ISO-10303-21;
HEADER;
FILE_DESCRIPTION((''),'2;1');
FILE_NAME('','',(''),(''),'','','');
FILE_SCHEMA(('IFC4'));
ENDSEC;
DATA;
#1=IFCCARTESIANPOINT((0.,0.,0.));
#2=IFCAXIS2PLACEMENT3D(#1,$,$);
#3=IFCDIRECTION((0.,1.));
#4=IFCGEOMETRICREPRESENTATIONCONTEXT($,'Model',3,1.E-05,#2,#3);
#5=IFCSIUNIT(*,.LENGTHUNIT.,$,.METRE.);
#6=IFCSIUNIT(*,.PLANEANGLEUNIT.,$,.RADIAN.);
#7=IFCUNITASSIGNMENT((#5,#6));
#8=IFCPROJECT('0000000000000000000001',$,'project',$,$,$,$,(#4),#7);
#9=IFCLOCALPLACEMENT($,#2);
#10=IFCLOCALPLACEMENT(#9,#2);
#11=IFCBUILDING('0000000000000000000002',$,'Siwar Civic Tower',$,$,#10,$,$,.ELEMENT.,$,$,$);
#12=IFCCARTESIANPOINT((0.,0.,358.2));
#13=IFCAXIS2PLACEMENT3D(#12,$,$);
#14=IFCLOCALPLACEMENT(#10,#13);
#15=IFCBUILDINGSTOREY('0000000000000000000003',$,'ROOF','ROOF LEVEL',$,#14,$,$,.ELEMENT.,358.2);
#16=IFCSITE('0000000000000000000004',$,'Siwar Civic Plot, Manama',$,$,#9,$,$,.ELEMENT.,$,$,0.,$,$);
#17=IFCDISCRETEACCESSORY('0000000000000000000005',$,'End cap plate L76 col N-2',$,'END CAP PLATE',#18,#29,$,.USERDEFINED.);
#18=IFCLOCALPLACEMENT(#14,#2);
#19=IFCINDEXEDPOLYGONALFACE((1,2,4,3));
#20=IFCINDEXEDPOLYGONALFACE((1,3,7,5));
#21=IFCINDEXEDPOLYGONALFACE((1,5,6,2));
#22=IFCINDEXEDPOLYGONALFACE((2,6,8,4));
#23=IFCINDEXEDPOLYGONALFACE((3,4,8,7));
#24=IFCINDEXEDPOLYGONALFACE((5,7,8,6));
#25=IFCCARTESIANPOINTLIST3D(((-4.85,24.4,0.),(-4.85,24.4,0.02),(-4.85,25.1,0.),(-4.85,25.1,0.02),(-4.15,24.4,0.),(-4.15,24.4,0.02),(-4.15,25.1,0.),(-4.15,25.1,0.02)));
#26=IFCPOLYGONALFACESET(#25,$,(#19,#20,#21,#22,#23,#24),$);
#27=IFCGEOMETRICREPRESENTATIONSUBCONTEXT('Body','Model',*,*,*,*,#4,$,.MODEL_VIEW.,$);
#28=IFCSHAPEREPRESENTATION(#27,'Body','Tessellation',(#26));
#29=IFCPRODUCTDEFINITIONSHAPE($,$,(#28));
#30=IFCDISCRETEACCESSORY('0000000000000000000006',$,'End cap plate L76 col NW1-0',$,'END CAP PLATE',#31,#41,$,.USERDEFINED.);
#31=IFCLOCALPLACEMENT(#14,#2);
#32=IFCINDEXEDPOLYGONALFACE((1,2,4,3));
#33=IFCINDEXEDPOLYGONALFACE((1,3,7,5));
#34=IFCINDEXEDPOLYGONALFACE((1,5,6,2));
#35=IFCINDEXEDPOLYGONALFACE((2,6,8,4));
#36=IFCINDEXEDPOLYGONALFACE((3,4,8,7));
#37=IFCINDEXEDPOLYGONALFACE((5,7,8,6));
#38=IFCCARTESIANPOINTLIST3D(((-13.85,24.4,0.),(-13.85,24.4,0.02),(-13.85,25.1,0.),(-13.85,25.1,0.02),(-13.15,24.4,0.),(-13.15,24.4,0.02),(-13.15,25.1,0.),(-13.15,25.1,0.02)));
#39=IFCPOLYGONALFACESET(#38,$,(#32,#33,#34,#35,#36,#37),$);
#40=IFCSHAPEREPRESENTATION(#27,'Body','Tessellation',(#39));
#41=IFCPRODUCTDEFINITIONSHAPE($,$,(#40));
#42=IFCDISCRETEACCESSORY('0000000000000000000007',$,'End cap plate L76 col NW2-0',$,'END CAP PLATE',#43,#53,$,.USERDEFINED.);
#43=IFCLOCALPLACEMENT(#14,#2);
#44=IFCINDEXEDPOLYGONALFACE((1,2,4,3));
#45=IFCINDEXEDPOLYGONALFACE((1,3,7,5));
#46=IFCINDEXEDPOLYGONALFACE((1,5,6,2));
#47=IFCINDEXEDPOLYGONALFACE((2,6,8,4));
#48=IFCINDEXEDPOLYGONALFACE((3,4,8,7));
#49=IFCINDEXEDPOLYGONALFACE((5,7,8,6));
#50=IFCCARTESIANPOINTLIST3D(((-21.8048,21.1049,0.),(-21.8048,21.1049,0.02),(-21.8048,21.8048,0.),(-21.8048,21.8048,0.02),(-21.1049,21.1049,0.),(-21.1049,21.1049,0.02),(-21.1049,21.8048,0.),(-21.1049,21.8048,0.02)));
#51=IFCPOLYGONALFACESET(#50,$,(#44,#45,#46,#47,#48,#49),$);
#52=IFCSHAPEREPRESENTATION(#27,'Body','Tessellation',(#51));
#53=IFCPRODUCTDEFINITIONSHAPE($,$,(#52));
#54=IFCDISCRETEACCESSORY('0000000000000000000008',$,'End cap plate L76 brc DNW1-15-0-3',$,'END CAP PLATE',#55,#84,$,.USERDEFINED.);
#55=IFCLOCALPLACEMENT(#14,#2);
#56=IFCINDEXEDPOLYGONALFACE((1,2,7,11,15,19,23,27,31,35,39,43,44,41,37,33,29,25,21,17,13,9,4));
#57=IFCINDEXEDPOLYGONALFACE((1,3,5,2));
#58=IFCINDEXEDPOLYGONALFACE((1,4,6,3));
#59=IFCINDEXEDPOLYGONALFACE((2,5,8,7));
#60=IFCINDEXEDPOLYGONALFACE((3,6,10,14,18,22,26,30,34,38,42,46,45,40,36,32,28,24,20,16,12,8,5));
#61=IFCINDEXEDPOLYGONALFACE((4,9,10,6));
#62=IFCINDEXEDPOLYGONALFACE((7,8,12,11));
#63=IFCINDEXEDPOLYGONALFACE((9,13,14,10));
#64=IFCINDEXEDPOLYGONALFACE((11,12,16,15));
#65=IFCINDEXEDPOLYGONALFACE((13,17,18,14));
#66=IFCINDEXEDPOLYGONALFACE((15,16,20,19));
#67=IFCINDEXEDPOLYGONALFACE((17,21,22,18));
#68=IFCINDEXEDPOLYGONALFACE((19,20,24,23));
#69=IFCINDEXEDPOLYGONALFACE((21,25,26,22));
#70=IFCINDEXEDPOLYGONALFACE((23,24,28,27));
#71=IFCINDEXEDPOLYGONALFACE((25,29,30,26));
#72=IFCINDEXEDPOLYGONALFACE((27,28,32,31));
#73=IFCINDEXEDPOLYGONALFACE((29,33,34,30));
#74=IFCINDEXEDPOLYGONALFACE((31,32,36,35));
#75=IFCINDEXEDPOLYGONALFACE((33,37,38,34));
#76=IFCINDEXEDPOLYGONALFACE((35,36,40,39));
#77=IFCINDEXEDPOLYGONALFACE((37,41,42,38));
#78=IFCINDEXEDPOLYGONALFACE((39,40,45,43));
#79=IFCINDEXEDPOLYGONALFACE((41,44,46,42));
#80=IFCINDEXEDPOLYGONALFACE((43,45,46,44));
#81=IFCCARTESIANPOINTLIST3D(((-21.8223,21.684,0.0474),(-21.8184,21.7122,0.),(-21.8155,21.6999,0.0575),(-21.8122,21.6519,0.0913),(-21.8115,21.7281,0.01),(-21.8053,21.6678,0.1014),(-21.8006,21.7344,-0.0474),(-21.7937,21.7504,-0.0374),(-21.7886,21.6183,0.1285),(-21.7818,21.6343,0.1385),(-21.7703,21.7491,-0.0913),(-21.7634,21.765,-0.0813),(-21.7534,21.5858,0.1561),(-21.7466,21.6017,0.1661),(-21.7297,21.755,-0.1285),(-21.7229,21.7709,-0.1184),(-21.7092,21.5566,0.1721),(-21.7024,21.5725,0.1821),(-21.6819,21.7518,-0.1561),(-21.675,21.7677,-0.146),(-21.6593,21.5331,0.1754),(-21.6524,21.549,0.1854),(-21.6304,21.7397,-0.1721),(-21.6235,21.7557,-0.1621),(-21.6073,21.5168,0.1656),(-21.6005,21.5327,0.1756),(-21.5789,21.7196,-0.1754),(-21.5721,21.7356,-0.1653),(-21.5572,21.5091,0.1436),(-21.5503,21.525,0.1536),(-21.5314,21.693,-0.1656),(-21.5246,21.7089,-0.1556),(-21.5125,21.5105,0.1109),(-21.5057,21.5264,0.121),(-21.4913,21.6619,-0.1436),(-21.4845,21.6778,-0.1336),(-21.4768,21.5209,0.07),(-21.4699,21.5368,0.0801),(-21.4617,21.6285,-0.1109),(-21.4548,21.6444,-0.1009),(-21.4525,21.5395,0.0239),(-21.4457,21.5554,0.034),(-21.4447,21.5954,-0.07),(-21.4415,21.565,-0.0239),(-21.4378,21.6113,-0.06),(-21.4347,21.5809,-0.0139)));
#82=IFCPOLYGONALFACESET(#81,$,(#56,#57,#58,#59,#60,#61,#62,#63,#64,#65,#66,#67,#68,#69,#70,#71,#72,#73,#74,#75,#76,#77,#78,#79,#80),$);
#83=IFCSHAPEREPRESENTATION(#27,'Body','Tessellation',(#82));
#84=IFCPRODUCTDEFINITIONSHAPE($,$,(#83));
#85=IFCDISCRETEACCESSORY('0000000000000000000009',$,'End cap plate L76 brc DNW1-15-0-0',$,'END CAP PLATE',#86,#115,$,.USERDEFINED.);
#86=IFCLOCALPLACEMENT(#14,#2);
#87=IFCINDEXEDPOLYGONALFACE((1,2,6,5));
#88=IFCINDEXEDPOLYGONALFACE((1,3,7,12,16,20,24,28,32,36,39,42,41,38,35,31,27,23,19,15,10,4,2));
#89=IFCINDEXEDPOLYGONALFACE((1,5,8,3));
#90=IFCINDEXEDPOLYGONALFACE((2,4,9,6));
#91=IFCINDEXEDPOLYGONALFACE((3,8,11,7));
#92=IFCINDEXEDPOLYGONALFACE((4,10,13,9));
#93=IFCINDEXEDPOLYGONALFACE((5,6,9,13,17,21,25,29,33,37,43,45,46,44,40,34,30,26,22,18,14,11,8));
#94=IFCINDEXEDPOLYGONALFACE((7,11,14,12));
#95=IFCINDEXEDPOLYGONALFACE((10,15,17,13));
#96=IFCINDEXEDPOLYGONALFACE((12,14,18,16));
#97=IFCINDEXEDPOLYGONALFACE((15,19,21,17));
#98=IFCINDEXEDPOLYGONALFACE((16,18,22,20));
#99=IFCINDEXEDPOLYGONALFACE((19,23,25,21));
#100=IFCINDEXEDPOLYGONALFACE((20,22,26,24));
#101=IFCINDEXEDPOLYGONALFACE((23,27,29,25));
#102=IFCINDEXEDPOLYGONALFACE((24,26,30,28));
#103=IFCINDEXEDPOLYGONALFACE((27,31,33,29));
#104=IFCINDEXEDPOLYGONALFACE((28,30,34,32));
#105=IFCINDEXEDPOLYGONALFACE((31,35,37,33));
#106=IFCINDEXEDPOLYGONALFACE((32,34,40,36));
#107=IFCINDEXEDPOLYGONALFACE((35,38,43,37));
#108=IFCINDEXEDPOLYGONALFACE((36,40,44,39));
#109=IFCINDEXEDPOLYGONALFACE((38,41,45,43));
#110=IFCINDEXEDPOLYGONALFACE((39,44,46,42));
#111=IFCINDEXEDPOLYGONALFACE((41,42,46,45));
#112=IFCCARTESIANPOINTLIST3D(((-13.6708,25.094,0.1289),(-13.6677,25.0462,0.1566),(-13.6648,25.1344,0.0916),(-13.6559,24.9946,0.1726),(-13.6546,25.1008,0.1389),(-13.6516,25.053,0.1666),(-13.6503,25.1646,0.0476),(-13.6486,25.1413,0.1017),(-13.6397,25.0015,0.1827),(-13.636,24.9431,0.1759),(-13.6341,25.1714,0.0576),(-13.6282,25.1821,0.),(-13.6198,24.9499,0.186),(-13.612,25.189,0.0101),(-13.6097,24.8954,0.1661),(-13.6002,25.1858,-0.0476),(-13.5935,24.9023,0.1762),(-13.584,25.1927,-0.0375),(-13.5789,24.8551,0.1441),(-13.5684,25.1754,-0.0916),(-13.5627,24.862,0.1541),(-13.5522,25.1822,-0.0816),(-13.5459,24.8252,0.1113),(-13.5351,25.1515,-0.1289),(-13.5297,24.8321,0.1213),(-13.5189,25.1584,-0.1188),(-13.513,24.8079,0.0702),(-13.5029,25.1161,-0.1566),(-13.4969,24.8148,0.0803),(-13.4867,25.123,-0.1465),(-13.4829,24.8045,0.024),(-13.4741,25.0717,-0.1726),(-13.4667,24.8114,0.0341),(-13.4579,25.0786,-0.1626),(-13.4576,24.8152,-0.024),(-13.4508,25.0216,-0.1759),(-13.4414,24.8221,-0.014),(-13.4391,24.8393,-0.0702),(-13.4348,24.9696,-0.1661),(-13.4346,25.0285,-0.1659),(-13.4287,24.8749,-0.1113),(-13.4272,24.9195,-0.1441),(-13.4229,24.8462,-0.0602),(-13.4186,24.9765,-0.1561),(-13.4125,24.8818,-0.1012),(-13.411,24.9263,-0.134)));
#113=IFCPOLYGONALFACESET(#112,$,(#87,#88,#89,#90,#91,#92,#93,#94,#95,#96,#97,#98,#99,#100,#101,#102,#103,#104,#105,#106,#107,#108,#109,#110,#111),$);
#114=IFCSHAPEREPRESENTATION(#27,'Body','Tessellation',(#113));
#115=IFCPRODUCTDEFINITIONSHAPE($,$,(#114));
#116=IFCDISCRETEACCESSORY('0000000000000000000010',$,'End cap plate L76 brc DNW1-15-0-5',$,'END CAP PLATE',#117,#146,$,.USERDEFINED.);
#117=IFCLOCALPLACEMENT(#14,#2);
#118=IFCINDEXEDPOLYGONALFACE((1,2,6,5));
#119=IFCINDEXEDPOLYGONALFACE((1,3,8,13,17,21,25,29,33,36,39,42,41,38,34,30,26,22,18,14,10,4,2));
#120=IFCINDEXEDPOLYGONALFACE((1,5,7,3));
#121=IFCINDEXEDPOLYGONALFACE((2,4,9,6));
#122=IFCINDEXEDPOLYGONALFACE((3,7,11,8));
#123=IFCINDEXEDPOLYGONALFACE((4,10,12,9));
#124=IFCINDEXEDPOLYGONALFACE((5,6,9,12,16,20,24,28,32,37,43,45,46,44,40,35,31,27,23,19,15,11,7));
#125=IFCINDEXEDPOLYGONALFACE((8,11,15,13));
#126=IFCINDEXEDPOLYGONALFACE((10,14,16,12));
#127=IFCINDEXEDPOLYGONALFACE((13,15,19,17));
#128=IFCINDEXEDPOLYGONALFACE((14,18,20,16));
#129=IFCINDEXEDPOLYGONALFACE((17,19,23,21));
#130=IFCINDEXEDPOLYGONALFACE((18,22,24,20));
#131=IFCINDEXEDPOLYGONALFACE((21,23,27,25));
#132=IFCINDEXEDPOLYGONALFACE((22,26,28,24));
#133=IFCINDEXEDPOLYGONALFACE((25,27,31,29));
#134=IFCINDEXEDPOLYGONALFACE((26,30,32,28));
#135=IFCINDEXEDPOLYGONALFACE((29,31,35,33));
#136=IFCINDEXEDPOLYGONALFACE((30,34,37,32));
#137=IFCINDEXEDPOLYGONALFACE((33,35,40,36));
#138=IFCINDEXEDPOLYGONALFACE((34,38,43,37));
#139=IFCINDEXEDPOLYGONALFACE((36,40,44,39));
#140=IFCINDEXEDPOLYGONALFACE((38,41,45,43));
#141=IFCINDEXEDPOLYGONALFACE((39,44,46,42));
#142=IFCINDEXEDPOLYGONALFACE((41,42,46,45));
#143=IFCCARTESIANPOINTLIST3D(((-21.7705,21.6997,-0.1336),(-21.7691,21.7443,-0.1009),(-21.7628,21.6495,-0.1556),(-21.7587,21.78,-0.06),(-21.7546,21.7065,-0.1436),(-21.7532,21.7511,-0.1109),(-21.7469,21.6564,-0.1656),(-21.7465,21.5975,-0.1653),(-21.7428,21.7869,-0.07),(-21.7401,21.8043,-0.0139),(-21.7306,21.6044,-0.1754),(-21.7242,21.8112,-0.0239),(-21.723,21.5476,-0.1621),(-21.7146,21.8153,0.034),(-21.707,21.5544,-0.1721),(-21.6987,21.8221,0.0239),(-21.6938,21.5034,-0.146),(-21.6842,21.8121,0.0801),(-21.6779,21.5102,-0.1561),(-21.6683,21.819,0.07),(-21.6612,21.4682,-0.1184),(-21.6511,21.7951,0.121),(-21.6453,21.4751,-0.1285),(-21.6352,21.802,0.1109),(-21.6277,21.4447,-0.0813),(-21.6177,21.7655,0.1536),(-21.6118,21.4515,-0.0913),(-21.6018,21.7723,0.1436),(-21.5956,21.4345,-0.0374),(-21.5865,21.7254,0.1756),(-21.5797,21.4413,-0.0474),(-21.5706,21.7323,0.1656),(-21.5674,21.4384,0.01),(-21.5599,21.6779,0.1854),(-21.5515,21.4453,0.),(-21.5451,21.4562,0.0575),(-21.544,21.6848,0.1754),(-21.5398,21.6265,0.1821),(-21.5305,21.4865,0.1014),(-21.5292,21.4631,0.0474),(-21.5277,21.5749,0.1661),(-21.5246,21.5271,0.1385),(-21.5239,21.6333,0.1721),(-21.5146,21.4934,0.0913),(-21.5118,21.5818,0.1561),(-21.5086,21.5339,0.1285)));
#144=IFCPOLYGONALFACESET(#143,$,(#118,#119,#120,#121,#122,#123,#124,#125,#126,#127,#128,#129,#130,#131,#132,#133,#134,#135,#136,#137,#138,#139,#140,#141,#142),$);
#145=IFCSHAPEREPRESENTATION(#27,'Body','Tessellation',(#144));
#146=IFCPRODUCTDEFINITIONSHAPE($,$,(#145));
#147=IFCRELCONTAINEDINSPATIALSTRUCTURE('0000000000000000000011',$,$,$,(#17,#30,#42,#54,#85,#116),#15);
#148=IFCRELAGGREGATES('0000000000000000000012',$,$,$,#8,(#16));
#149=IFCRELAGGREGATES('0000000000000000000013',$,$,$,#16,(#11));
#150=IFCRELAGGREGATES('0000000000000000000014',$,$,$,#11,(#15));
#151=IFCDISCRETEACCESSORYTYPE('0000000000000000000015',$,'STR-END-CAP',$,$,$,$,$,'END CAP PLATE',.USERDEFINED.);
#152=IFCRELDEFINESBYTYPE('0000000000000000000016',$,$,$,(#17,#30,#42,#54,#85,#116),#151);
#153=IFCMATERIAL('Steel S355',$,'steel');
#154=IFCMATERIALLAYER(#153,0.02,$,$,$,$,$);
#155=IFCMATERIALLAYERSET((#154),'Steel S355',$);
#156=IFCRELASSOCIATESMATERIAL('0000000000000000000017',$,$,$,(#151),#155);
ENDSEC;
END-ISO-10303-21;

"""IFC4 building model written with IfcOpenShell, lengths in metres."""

from ifc_helpers import new_model, si_unit, direction, frame, origin, origin_2d, place, context, subcontext, project, spatial, rectangle, circle, extrude, material, layer, layer_set, type_object, element, save


model = new_model("IFC4")

# Units and contexts
model_context = context("Model", 3, precision=1e-05, world=origin(), true_north=direction((0.0, 1.0)))
body_context = subcontext(model_context, "Body", "Model", "MODEL_VIEW")
ifc_project = project(units=[si_unit("LENGTHUNIT", "METRE"), si_unit("PLANEANGLEUNIT", "RADIAN")], contexts=[model_context])

# Site, building, storey
site_placement = place(None, origin())
site = spatial("IfcSite", under=ifc_project, at=site_placement, Name="Siwar Civic Plot, Manama", CompositionType="ELEMENT", RefElevation=0.0)
building_placement = place(site_placement, origin())
building = spatial("IfcBuilding", under=site, at=building_placement, Name="Siwar Civic Tower", CompositionType="ELEMENT")
storey_placement = place(building_placement, frame((0.0, 0.0, 358.2)))
storey = spatial("IfcBuildingStorey", under=building, at=storey_placement, Name="ROOF", Description="ROOF LEVEL", CompositionType="ELEMENT", Elevation=358.2)

# Discrete accessories
ifc_material_1 = material(Name="Steel S355", Category="steel")
ifc_layer_1 = layer(ifc_material_1, 0.02)
ifc_layer_set_1 = layer_set([ifc_layer_1], Name="Steel S355")
discrete_accessory_type = type_object("IfcDiscreteAccessoryType", Name="STR-END-CAP", ElementType="END CAP PLATE", PredefinedType="USERDEFINED", material=ifc_layer_set_1)
for number, where, z_axis, x_axis, name in (
    (1, (-4.5, 24.75, 0.0), (0.0, 0.0, 1.0), (1.0, 0.0, 0.0), "End cap plate L76 col N-2"),
    (2, (-13.5, 24.75, 0.0), (0.0, 0.0, 1.0), (1.0, 0.0, 0.0), "End cap plate L76 col NW1-0"),
    (3, (-21.4548, 21.4548, 0.0), (0.0, 0.0, 1.0), (1.0, 0.0, 0.0), "End cap plate L76 col NW2-0"),
):
    element("IfcDiscreteAccessory", number, at=place(storey_placement, frame(where, z_axis=z_axis, x_axis=x_axis)), inside=storey, type_object=discrete_accessory_type, Name=name, ObjectType="END CAP PLATE", PredefinedType="USERDEFINED", context=body_context, shape_type="SweptSolid", body=[
        extrude(rectangle(XDim=0.7, YDim=0.7, at=origin_2d()), origin(), (0.0, 0.0, 1.0), 0.02),
    ])
discrete_accessory_1_placement = place(storey_placement, frame((-21.6318, 21.6318, 0.0), z_axis=(0.34233, 0.794695, 0.501269), x_axis=(-0.918413, 0.395624, 0.0)))
element("IfcDiscreteAccessory", 4, at=discrete_accessory_1_placement, inside=storey, type_object=discrete_accessory_type, Name="End cap plate L76 brc DNW1-15-0-3", ObjectType="END CAP PLATE", PredefinedType="USERDEFINED", context=body_context, shape_type="SweptSolid", body=[
    extrude(circle(Radius=0.2031, at=origin_2d()), origin(), (0.0, 0.0, 1.0), 0.02),
])
discrete_accessory_2_placement = place(storey_placement, frame((-13.5488, 24.9951, 0.0), z_axis=(0.799135, 0.339027, 0.496432), x_axis=(-0.39055, 0.920582, 0.0)))
element("IfcDiscreteAccessory", 5, at=discrete_accessory_2_placement, inside=storey, type_object=discrete_accessory_type, Name="End cap plate L76 brc DNW1-15-0-0", ObjectType="END CAP PLATE", PredefinedType="USERDEFINED", context=body_context, shape_type="SweptSolid", body=[
    extrude(circle(Radius=0.2031, at=origin_2d()), origin(), (0.0, 0.0, 1.0), 0.0203),
])
discrete_accessory_3_placement = place(storey_placement, frame((-21.6318, 21.6318, 0.0), z_axis=(-0.794695, -0.34233, 0.501269), x_axis=(0.395624, -0.918413, 0.0)))
element("IfcDiscreteAccessory", 6, at=discrete_accessory_3_placement, inside=storey, type_object=discrete_accessory_type, Name="End cap plate L76 brc DNW1-15-0-5", ObjectType="END CAP PLATE", PredefinedType="USERDEFINED", context=body_context, shape_type="SweptSolid", body=[
    extrude(circle(Radius=0.2031, at=origin_2d()), origin(), (0.0, 0.0, 1.0), 0.02),
])

save(model, "model.ifc")
